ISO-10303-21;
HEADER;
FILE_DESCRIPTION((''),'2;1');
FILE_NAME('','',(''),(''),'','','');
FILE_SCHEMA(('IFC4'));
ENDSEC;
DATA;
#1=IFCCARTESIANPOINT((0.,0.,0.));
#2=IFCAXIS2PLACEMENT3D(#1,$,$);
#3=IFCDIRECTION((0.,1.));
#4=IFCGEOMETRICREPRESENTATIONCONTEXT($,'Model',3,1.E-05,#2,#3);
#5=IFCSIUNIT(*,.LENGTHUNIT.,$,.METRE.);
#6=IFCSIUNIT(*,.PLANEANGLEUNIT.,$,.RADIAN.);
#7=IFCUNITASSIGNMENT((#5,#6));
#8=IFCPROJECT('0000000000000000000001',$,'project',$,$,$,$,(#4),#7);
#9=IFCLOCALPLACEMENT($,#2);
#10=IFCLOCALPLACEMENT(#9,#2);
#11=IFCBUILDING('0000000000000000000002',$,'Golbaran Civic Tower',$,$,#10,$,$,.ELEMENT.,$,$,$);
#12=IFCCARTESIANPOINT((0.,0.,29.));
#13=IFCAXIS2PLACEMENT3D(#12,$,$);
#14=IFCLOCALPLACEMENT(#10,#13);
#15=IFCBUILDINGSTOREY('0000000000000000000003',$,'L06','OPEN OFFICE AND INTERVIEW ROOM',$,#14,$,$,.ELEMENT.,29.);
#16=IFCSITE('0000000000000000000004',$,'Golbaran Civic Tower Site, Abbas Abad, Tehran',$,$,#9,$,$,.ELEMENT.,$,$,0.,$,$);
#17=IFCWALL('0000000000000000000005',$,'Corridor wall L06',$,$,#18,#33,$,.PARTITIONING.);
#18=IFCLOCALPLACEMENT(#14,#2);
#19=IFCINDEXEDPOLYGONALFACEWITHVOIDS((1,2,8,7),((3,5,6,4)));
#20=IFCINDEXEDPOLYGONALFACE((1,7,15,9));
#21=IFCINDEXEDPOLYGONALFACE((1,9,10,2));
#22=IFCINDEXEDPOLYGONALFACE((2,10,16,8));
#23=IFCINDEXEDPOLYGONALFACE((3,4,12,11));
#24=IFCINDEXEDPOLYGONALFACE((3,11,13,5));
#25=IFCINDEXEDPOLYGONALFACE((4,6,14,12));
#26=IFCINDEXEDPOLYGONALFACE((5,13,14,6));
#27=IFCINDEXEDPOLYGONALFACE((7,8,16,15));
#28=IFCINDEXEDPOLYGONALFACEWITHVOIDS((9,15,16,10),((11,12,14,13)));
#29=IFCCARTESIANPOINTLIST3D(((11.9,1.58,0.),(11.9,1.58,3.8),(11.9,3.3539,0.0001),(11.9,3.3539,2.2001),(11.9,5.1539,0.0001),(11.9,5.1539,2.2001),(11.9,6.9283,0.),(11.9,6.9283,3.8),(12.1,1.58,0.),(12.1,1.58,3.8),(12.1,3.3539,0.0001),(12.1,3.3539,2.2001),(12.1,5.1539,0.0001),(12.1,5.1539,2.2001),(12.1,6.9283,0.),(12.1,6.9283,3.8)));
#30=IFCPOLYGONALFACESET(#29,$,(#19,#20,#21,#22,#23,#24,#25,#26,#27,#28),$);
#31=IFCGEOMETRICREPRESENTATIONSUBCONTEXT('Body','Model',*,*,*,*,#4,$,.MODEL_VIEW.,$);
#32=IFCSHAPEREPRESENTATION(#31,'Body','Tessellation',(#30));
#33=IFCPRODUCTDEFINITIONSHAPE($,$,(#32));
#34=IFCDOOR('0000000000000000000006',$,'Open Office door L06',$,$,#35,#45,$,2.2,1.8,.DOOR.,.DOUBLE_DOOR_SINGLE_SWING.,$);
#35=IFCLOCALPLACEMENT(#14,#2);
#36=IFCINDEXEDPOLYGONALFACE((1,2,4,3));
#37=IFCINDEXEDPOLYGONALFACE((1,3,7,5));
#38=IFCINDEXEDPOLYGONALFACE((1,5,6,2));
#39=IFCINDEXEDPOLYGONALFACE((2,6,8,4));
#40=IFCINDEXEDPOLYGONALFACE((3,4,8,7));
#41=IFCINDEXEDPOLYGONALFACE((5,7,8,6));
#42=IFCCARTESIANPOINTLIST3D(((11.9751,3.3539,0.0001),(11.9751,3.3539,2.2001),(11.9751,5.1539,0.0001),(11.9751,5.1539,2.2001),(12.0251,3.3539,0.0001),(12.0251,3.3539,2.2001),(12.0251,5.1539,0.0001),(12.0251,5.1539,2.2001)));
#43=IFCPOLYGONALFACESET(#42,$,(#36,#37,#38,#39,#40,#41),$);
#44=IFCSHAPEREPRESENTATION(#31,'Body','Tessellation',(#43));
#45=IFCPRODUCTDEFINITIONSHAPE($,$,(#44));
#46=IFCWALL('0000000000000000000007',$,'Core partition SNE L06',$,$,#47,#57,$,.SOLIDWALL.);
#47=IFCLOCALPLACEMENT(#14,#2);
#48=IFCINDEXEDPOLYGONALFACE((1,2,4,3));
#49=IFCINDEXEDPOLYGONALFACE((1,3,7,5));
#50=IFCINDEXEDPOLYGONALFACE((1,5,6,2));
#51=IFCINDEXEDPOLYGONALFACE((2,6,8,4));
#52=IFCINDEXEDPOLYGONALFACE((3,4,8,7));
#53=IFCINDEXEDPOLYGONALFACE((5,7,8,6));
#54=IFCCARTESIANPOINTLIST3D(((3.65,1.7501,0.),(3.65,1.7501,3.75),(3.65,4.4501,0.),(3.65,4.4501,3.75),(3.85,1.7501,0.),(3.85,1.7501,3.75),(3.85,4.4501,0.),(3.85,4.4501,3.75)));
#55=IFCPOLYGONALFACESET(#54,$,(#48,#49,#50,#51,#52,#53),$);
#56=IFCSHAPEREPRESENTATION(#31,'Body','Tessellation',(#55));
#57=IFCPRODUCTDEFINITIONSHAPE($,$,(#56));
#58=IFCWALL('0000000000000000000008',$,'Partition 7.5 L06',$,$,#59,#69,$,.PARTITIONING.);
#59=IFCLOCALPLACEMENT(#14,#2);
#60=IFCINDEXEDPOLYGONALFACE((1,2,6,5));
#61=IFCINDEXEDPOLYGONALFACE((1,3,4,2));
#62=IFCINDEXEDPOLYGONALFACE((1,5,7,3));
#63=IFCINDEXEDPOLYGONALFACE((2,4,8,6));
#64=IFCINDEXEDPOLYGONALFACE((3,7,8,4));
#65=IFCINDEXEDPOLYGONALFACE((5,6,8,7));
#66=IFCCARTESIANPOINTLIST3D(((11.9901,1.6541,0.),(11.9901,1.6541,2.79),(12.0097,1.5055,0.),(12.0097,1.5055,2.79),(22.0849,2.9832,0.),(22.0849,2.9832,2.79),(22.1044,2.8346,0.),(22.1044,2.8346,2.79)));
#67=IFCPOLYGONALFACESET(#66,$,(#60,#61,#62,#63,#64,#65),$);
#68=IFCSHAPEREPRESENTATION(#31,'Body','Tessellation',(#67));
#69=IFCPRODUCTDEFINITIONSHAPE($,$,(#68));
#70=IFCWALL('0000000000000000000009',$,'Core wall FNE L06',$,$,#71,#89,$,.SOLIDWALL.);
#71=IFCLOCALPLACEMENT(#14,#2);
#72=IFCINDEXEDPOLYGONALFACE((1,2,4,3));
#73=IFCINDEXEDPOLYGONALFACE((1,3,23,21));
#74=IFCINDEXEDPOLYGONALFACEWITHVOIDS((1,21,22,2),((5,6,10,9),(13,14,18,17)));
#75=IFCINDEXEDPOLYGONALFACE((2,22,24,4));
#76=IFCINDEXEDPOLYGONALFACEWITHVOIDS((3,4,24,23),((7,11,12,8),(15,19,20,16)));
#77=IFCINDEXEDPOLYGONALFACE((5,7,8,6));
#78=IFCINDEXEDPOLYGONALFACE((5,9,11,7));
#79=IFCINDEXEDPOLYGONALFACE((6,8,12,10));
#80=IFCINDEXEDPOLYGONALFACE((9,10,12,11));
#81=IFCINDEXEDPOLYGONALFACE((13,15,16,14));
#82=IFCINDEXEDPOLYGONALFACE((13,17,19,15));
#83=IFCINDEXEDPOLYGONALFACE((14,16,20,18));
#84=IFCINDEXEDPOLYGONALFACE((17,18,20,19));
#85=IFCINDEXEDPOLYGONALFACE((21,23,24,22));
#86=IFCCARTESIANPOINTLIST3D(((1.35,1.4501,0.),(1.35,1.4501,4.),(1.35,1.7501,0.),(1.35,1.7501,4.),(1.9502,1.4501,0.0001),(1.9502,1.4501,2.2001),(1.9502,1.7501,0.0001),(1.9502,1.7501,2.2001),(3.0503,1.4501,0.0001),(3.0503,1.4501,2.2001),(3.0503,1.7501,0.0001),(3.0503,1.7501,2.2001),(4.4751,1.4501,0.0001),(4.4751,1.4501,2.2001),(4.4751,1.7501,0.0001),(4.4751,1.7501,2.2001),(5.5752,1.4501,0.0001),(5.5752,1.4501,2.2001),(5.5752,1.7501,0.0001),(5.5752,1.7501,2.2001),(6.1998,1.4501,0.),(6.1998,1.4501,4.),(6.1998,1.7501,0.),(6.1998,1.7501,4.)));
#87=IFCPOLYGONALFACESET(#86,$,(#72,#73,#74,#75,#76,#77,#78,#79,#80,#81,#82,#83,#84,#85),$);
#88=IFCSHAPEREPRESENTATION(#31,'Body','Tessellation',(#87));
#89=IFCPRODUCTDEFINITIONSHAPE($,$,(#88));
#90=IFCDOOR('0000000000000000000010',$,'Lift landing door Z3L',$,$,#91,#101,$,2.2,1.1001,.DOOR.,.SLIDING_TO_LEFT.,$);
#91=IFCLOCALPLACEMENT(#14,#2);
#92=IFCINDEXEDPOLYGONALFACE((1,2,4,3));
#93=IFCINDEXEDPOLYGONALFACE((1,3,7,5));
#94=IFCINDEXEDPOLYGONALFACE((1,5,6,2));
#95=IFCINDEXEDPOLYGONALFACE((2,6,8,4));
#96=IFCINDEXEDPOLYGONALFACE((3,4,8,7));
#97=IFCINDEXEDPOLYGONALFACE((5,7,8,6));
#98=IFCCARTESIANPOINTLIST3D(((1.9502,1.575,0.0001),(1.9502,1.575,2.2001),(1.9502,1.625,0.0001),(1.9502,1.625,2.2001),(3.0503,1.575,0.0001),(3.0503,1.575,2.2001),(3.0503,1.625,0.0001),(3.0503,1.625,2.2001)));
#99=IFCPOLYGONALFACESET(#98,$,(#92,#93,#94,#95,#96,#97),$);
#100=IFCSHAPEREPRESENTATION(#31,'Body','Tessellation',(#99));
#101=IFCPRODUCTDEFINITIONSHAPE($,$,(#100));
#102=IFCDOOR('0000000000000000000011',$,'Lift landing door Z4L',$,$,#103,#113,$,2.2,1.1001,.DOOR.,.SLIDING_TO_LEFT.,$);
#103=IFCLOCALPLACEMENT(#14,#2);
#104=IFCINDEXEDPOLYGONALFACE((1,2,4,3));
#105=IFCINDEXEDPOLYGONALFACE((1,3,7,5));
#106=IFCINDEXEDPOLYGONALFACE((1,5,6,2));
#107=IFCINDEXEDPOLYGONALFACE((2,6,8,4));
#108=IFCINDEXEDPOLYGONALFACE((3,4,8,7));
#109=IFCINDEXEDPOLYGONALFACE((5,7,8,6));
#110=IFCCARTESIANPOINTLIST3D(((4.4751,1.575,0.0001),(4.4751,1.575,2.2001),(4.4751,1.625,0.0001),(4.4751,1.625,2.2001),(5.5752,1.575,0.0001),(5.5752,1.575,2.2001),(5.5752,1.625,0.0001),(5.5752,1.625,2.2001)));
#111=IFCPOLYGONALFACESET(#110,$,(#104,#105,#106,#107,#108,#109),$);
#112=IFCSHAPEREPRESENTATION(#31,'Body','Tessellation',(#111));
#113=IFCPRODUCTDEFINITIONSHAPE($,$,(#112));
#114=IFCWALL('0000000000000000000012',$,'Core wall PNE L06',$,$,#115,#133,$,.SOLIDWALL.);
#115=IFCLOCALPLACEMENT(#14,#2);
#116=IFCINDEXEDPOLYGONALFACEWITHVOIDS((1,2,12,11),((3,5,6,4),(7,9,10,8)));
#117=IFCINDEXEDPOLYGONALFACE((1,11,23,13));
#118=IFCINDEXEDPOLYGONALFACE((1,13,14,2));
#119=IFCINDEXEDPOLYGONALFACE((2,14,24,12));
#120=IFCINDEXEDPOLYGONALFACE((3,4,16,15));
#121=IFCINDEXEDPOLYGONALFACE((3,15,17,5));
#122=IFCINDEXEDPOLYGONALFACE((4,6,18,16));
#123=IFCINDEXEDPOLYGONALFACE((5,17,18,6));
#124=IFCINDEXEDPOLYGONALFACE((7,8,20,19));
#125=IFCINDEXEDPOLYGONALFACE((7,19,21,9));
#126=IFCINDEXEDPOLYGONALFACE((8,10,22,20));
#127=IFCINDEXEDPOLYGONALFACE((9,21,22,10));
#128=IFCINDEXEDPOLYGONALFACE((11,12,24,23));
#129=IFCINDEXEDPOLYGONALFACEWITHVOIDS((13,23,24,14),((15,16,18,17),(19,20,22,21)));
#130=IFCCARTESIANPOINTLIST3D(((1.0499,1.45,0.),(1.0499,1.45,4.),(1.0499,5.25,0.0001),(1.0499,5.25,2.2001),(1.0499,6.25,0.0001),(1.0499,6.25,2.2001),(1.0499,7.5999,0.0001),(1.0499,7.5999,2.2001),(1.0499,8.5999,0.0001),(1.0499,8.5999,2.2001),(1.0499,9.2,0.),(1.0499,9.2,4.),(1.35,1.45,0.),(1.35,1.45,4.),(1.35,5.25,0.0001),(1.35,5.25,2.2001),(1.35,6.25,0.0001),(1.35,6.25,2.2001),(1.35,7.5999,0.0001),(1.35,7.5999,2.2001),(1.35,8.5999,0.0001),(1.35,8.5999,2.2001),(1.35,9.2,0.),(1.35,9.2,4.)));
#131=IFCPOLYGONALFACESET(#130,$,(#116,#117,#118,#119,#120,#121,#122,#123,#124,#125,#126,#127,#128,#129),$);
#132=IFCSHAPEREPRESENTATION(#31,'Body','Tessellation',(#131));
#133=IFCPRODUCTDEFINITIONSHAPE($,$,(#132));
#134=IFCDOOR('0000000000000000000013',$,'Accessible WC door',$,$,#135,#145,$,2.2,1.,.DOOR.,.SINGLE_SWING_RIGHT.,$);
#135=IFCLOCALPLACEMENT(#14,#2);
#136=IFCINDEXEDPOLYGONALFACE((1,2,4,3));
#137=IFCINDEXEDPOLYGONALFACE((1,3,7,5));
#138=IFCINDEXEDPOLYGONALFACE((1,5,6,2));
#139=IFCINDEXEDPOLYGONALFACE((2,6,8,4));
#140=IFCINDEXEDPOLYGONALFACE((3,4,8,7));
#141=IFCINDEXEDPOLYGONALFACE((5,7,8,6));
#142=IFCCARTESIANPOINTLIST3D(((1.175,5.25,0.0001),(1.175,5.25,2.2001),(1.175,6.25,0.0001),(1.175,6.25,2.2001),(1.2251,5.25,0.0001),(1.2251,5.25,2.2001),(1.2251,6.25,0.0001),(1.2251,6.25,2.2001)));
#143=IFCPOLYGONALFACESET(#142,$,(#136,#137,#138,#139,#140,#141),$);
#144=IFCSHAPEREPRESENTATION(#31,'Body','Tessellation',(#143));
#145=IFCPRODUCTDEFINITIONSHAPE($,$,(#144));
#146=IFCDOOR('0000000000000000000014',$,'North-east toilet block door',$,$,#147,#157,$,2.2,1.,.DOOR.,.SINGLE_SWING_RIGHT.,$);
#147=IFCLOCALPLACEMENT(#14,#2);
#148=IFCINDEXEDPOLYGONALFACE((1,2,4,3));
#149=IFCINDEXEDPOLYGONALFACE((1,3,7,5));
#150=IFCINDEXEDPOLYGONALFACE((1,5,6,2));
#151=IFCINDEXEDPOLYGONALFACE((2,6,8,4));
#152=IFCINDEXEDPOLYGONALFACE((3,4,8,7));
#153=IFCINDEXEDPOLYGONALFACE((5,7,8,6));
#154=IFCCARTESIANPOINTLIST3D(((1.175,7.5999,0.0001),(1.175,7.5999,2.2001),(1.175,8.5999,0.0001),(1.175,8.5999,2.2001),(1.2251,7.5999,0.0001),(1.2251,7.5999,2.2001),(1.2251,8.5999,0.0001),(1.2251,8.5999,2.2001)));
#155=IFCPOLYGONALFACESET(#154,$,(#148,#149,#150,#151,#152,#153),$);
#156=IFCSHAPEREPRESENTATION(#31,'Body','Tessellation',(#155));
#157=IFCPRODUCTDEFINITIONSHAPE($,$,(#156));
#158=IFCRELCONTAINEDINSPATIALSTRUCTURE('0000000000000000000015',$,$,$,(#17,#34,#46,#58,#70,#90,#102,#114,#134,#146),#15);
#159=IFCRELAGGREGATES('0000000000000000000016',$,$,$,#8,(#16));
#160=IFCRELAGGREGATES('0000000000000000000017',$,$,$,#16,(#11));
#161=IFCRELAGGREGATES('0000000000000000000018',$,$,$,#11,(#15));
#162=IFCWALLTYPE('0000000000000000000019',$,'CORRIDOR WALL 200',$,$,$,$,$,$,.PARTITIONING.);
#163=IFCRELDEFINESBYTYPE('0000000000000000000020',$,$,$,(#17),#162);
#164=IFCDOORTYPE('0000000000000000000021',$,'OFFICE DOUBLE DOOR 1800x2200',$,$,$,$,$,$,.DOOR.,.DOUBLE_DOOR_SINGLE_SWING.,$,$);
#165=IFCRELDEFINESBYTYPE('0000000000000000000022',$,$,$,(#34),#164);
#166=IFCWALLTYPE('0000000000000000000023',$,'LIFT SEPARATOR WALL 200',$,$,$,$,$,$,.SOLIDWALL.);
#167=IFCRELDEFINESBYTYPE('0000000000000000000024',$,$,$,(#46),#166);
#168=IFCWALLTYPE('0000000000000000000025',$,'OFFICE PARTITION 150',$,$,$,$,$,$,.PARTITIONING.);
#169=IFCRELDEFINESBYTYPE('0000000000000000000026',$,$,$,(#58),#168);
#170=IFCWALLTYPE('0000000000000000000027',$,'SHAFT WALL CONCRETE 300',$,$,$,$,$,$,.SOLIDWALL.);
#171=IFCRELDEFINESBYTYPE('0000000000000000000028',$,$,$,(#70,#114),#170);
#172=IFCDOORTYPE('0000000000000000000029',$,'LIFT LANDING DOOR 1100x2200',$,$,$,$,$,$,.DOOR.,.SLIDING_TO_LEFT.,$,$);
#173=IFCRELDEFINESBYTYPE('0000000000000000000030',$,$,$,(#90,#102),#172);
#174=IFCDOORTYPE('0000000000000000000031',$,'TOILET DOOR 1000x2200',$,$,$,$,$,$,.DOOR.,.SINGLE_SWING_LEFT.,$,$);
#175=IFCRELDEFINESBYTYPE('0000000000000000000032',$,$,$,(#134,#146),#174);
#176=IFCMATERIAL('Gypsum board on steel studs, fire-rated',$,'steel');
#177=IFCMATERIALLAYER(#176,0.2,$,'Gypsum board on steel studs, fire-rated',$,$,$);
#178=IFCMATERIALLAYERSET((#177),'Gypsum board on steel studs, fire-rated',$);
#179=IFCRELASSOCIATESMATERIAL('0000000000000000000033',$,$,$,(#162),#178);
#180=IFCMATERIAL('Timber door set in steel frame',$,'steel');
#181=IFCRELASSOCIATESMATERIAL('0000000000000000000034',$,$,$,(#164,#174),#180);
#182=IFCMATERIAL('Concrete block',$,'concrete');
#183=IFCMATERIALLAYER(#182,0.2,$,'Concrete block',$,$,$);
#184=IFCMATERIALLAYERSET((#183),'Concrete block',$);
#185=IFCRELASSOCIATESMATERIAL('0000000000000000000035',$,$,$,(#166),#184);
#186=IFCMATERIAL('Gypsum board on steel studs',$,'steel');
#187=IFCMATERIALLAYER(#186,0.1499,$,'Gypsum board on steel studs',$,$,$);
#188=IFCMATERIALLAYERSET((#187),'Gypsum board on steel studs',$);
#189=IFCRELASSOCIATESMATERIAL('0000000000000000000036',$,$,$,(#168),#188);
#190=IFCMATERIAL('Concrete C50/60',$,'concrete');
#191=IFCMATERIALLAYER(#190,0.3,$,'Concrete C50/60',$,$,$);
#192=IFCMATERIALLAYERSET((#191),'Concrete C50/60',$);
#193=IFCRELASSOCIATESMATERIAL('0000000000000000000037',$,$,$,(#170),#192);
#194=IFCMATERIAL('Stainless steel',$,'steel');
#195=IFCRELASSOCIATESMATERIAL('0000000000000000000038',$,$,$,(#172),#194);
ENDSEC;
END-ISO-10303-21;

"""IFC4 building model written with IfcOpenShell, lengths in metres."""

from ifc_helpers import new_model, si_unit, direction, frame, frame_2d, origin, place, context, subcontext, project, spatial, rectangle, extrude, material, layer, layer_set, type_object, element, fill, save


model = new_model("IFC4")

# Units and contexts
model_context = context("Model", 3, precision=1e-05, world=origin(), true_north=direction((0.0, 1.0)))
body_context = subcontext(model_context, "Body", "Model", "MODEL_VIEW")
ifc_project = project(units=[si_unit("LENGTHUNIT", "METRE"), si_unit("PLANEANGLEUNIT", "RADIAN")], contexts=[model_context])

# Site, building, storey
site_placement = place(None, origin())
site = spatial("IfcSite", under=ifc_project, at=site_placement, Name="Golbaran Civic Tower Site, Abbas Abad, Tehran", CompositionType="ELEMENT", RefElevation=0.0)
building_placement = place(site_placement, origin())
building = spatial("IfcBuilding", under=site, at=building_placement, Name="Golbaran Civic Tower", CompositionType="ELEMENT")
storey_placement = place(building_placement, frame((0.0, 0.0, 29.0)))
storey = spatial("IfcBuildingStorey", under=building, at=storey_placement, Name="L06", Description="OPEN OFFICE AND INTERVIEW ROOM", CompositionType="ELEMENT", Elevation=29.0)

# Wall, opening, door
ifc_material_1 = material(Name="Gypsum board on steel studs, fire-rated", Category="steel")
ifc_layer_1 = layer(ifc_material_1, 0.2, Name="Gypsum board on steel studs, fire-rated")
ifc_layer_set_1 = layer_set([ifc_layer_1], Name="Gypsum board on steel studs, fire-rated")
wall_type_1 = type_object("IfcWallType", Name="CORRIDOR WALL 200", PredefinedType="PARTITIONING", material=ifc_layer_set_1)
wall_1_placement = place(storey_placement, frame((12.0, 1.5798, 0.0), z_axis=(0.0, 0.0, 1.0), x_axis=(0.0, 1.0, 0.0)))
wall_1 = element("IfcWall", 1, at=wall_1_placement, inside=storey, type_object=wall_type_1, Name="Corridor wall L06", PredefinedType="PARTITIONING", context=body_context, shape_type="SweptSolid", body=[
    extrude(rectangle(XDim=5.3484, YDim=0.2, at=frame_2d((2.6743, 0.0))), origin(), (0.0, 0.0, 1.0), 3.8),
])
opening_1_placement = place(wall_1_placement, frame((1.7742, 0.0, 0.0)))
opening_1 = element("IfcOpeningElement", 2, at=opening_1_placement, cuts=wall_1, PredefinedType="OPENING", context=body_context, shape_type="SweptSolid", body=[
    extrude(rectangle(XDim=1.8, YDim=2.2, at=frame_2d((0.8999, 1.1001))), frame((0.0, 0.1099, 0.0), z_axis=(0.0, -1.0, 0.0), x_axis=(1.0, 0.0, 0.0)), (0.0, 0.0, 1.0), 0.22),
])
ifc_material_2 = material(Name="Timber door set in steel frame", Category="steel")
door_type_1 = type_object("IfcDoorType", Name="OFFICE DOUBLE DOOR 1800x2200", OperationType="DOUBLE_DOOR_SINGLE_SWING", PredefinedType="DOOR", material=ifc_material_2)
door_1_placement = place(opening_1_placement, origin())
door_1 = element("IfcDoor", 3, at=door_1_placement, inside=storey, type_object=door_type_1, Name="Open Office door L06", OperationType="DOUBLE_DOOR_SINGLE_SWING", OverallHeight=2.2, OverallWidth=1.8, PredefinedType="DOOR", context=body_context, shape_type="SweptSolid", body=[
    extrude(rectangle(XDim=1.8, YDim=2.2, at=frame_2d((0.8999, 1.1001))), frame((0.0, 0.0249, 0.0), z_axis=(0.0, -1.0, 0.0), x_axis=(1.0, 0.0, 0.0)), (0.0, 0.0, 1.0), 0.05),
])
fill(opening_1, door_1)

# Walls
ifc_material_3 = material(Name="Concrete block", Category="concrete")
ifc_layer_2 = layer(ifc_material_3, 0.2, Name="Concrete block")
ifc_layer_set_2 = layer_set([ifc_layer_2], Name="Concrete block")
wall_type_2 = type_object("IfcWallType", Name="LIFT SEPARATOR WALL 200", PredefinedType="SOLIDWALL", material=ifc_layer_set_2)
wall_2_placement = place(storey_placement, frame((3.75, 1.75, 0.0), z_axis=(0.0, 0.0, 1.0), x_axis=(0.0, 1.0, 0.0)))
element("IfcWall", 4, at=wall_2_placement, inside=storey, type_object=wall_type_2, Name="Core partition SNE L06", PredefinedType="SOLIDWALL", context=body_context, shape_type="SweptSolid", body=[
    extrude(rectangle(XDim=2.7, YDim=0.2, at=frame_2d((1.3501, 0.0))), origin(), (0.0, 0.0, 1.0), 3.75),
])
ifc_material_4 = material(Name="Gypsum board on steel studs", Category="steel")
ifc_layer_3 = layer(ifc_material_4, 0.1499, Name="Gypsum board on steel studs")
ifc_layer_set_3 = layer_set([ifc_layer_3], Name="Gypsum board on steel studs")
wall_type_3 = type_object("IfcWallType", Name="OFFICE PARTITION 150", PredefinedType="PARTITIONING", material=ifc_layer_set_3)
wall_3_placement = place(storey_placement, frame((12.0, 1.5798, 0.0), z_axis=(0.0, 0.0, 1.0), x_axis=(0.991444, 0.130536, 0.0)))
element("IfcWall", 5, at=wall_3_placement, inside=storey, type_object=wall_type_3, Name="Partition 7.5 L06", PredefinedType="PARTITIONING", context=body_context, shape_type="SweptSolid", body=[
    extrude(rectangle(XDim=10.1819, YDim=0.1499, at=frame_2d((5.0908, 0.0))), origin(), (0.0, 0.0, 1.0), 2.79),
])

# Walls, openings, doors
ifc_material_5 = material(Name="Concrete C50/60", Category="concrete")
ifc_layer_4 = layer(ifc_material_5, 0.3, Name="Concrete C50/60")
ifc_layer_set_4 = layer_set([ifc_layer_4], Name="Concrete C50/60")
wall_type_4 = type_object("IfcWallType", Name="SHAFT WALL CONCRETE 300", PredefinedType="SOLIDWALL", material=ifc_layer_set_4)
wall_4_placement = place(storey_placement, frame((1.3501, 1.6001, 0.0), z_axis=(0.0, 0.0, 1.0), x_axis=(1.0, 0.0, 0.0)))
wall_4 = element("IfcWall", 6, at=wall_4_placement, inside=storey, type_object=wall_type_4, Name="Core wall FNE L06", PredefinedType="SOLIDWALL", context=body_context, shape_type="SweptSolid", body=[
    extrude(rectangle(XDim=4.8499, YDim=0.3, at=frame_2d((2.4248, 0.0))), origin(), (0.0, 0.0, 1.0), 4.0),
])
opening_2_placement = place(wall_4_placement, frame((0.6001, 0.0, 0.0)))
opening_2 = element("IfcOpeningElement", 7, at=opening_2_placement, cuts=wall_4, PredefinedType="OPENING", context=body_context, shape_type="SweptSolid", body=[
    extrude(rectangle(XDim=1.1001, YDim=2.2, at=frame_2d((0.55, 1.1001))), frame((0.0, 0.1599, 0.0), z_axis=(0.0, -1.0, 0.0), x_axis=(1.0, 0.0, 0.0)), (0.0, 0.0, 1.0), 0.3201),
])
opening_3_placement = place(wall_4_placement, frame((3.125, 0.0, 0.0)))
opening_3 = element("IfcOpeningElement", 8, at=opening_3_placement, cuts=wall_4, PredefinedType="OPENING", context=body_context, shape_type="SweptSolid", body=[
    extrude(rectangle(XDim=1.1001, YDim=2.2, at=frame_2d((0.55, 1.1001))), frame((0.0, 0.1599, 0.0), z_axis=(0.0, -1.0, 0.0), x_axis=(1.0, 0.0, 0.0)), (0.0, 0.0, 1.0), 0.3201),
])
ifc_material_6 = material(Name="Stainless steel", Category="steel")
door_type_2 = type_object("IfcDoorType", Name="LIFT LANDING DOOR 1100x2200", OperationType="SLIDING_TO_LEFT", PredefinedType="DOOR", material=ifc_material_6)
door_2_placement = place(opening_2_placement, origin())
door_2 = element("IfcDoor", 9, at=door_2_placement, inside=storey, type_object=door_type_2, Name="Lift landing door Z3L", OperationType="SLIDING_TO_LEFT", OverallHeight=2.2, OverallWidth=1.1001, PredefinedType="DOOR", context=body_context, shape_type="SweptSolid", body=[
    extrude(rectangle(XDim=1.1001, YDim=2.2, at=frame_2d((0.55, 1.1001))), frame((0.0, 0.0249, 0.0), z_axis=(0.0, -1.0, 0.0), x_axis=(1.0, 0.0, 0.0)), (0.0, 0.0, 1.0), 0.05),
])
fill(opening_2, door_2)
door_3_placement = place(opening_3_placement, origin())
door_3 = element("IfcDoor", 10, at=door_3_placement, inside=storey, type_object=door_type_2, Name="Lift landing door Z4L", OperationType="SLIDING_TO_LEFT", OverallHeight=2.2, OverallWidth=1.1001, PredefinedType="DOOR", context=body_context, shape_type="SweptSolid", body=[
    extrude(rectangle(XDim=1.1001, YDim=2.2, at=frame_2d((0.55, 1.1001))), frame((0.0, 0.0249, 0.0), z_axis=(0.0, -1.0, 0.0), x_axis=(1.0, 0.0, 0.0)), (0.0, 0.0, 1.0), 0.05),
])
fill(opening_3, door_3)
wall_5_placement = place(storey_placement, frame((1.2, 1.45, 0.0), z_axis=(0.0, 0.0, 1.0), x_axis=(0.0, 1.0, 0.0)))
wall_5 = element("IfcWall", 11, at=wall_5_placement, inside=storey, type_object=wall_type_4, Name="Core wall PNE L06", PredefinedType="SOLIDWALL", context=body_context, shape_type="SweptSolid", body=[
    extrude(rectangle(XDim=7.75, YDim=0.3, at=frame_2d((3.875, 0.0))), origin(), (0.0, 0.0, 1.0), 4.0),
])
opening_4_placement = place(wall_5_placement, frame((3.8, 0.0, 0.0)))
opening_4 = element("IfcOpeningElement", 12, at=opening_4_placement, cuts=wall_5, PredefinedType="OPENING", context=body_context, shape_type="SweptSolid", body=[
    extrude(rectangle(XDim=1.0, YDim=2.2, at=frame_2d((0.5, 1.1001))), frame((0.0, 0.1599, 0.0), z_axis=(0.0, -1.0, 0.0), x_axis=(1.0, 0.0, 0.0)), (0.0, 0.0, 1.0), 0.3201),
])
opening_5_placement = place(wall_5_placement, frame((6.1499, 0.0, 0.0)))
opening_5 = element("IfcOpeningElement", 13, at=opening_5_placement, cuts=wall_5, PredefinedType="OPENING", context=body_context, shape_type="SweptSolid", body=[
    extrude(rectangle(XDim=1.0, YDim=2.2, at=frame_2d((0.5, 1.1001))), frame((0.0, 0.1599, 0.0), z_axis=(0.0, -1.0, 0.0), x_axis=(1.0, 0.0, 0.0)), (0.0, 0.0, 1.0), 0.3201),
])
door_type_3 = type_object("IfcDoorType", Name="TOILET DOOR 1000x2200", OperationType="SINGLE_SWING_LEFT", PredefinedType="DOOR", material=ifc_material_2)
door_4_placement = place(opening_4_placement, origin())
door_4 = element("IfcDoor", 14, at=door_4_placement, inside=storey, type_object=door_type_3, Name="Accessible WC door", OperationType="SINGLE_SWING_RIGHT", OverallHeight=2.2, OverallWidth=1.0, PredefinedType="DOOR", context=body_context, shape_type="SweptSolid", body=[
    extrude(rectangle(XDim=1.0, YDim=2.2, at=frame_2d((0.5, 1.1001))), frame((0.0, 0.0249, 0.0), z_axis=(0.0, -1.0, 0.0), x_axis=(1.0, 0.0, 0.0)), (0.0, 0.0, 1.0), 0.05),
])
fill(opening_4, door_4)
door_5_placement = place(opening_5_placement, origin())
door_5 = element("IfcDoor", 15, at=door_5_placement, inside=storey, type_object=door_type_3, Name="North-east toilet block door", OperationType="SINGLE_SWING_RIGHT", OverallHeight=2.2, OverallWidth=1.0, PredefinedType="DOOR", context=body_context, shape_type="SweptSolid", body=[
    extrude(rectangle(XDim=1.0, YDim=2.2, at=frame_2d((0.5, 1.1001))), frame((0.0, 0.0249, 0.0), z_axis=(0.0, -1.0, 0.0), x_axis=(1.0, 0.0, 0.0)), (0.0, 0.0, 1.0), 0.05),
])
fill(opening_5, door_5)

save(model, "model.ifc")
